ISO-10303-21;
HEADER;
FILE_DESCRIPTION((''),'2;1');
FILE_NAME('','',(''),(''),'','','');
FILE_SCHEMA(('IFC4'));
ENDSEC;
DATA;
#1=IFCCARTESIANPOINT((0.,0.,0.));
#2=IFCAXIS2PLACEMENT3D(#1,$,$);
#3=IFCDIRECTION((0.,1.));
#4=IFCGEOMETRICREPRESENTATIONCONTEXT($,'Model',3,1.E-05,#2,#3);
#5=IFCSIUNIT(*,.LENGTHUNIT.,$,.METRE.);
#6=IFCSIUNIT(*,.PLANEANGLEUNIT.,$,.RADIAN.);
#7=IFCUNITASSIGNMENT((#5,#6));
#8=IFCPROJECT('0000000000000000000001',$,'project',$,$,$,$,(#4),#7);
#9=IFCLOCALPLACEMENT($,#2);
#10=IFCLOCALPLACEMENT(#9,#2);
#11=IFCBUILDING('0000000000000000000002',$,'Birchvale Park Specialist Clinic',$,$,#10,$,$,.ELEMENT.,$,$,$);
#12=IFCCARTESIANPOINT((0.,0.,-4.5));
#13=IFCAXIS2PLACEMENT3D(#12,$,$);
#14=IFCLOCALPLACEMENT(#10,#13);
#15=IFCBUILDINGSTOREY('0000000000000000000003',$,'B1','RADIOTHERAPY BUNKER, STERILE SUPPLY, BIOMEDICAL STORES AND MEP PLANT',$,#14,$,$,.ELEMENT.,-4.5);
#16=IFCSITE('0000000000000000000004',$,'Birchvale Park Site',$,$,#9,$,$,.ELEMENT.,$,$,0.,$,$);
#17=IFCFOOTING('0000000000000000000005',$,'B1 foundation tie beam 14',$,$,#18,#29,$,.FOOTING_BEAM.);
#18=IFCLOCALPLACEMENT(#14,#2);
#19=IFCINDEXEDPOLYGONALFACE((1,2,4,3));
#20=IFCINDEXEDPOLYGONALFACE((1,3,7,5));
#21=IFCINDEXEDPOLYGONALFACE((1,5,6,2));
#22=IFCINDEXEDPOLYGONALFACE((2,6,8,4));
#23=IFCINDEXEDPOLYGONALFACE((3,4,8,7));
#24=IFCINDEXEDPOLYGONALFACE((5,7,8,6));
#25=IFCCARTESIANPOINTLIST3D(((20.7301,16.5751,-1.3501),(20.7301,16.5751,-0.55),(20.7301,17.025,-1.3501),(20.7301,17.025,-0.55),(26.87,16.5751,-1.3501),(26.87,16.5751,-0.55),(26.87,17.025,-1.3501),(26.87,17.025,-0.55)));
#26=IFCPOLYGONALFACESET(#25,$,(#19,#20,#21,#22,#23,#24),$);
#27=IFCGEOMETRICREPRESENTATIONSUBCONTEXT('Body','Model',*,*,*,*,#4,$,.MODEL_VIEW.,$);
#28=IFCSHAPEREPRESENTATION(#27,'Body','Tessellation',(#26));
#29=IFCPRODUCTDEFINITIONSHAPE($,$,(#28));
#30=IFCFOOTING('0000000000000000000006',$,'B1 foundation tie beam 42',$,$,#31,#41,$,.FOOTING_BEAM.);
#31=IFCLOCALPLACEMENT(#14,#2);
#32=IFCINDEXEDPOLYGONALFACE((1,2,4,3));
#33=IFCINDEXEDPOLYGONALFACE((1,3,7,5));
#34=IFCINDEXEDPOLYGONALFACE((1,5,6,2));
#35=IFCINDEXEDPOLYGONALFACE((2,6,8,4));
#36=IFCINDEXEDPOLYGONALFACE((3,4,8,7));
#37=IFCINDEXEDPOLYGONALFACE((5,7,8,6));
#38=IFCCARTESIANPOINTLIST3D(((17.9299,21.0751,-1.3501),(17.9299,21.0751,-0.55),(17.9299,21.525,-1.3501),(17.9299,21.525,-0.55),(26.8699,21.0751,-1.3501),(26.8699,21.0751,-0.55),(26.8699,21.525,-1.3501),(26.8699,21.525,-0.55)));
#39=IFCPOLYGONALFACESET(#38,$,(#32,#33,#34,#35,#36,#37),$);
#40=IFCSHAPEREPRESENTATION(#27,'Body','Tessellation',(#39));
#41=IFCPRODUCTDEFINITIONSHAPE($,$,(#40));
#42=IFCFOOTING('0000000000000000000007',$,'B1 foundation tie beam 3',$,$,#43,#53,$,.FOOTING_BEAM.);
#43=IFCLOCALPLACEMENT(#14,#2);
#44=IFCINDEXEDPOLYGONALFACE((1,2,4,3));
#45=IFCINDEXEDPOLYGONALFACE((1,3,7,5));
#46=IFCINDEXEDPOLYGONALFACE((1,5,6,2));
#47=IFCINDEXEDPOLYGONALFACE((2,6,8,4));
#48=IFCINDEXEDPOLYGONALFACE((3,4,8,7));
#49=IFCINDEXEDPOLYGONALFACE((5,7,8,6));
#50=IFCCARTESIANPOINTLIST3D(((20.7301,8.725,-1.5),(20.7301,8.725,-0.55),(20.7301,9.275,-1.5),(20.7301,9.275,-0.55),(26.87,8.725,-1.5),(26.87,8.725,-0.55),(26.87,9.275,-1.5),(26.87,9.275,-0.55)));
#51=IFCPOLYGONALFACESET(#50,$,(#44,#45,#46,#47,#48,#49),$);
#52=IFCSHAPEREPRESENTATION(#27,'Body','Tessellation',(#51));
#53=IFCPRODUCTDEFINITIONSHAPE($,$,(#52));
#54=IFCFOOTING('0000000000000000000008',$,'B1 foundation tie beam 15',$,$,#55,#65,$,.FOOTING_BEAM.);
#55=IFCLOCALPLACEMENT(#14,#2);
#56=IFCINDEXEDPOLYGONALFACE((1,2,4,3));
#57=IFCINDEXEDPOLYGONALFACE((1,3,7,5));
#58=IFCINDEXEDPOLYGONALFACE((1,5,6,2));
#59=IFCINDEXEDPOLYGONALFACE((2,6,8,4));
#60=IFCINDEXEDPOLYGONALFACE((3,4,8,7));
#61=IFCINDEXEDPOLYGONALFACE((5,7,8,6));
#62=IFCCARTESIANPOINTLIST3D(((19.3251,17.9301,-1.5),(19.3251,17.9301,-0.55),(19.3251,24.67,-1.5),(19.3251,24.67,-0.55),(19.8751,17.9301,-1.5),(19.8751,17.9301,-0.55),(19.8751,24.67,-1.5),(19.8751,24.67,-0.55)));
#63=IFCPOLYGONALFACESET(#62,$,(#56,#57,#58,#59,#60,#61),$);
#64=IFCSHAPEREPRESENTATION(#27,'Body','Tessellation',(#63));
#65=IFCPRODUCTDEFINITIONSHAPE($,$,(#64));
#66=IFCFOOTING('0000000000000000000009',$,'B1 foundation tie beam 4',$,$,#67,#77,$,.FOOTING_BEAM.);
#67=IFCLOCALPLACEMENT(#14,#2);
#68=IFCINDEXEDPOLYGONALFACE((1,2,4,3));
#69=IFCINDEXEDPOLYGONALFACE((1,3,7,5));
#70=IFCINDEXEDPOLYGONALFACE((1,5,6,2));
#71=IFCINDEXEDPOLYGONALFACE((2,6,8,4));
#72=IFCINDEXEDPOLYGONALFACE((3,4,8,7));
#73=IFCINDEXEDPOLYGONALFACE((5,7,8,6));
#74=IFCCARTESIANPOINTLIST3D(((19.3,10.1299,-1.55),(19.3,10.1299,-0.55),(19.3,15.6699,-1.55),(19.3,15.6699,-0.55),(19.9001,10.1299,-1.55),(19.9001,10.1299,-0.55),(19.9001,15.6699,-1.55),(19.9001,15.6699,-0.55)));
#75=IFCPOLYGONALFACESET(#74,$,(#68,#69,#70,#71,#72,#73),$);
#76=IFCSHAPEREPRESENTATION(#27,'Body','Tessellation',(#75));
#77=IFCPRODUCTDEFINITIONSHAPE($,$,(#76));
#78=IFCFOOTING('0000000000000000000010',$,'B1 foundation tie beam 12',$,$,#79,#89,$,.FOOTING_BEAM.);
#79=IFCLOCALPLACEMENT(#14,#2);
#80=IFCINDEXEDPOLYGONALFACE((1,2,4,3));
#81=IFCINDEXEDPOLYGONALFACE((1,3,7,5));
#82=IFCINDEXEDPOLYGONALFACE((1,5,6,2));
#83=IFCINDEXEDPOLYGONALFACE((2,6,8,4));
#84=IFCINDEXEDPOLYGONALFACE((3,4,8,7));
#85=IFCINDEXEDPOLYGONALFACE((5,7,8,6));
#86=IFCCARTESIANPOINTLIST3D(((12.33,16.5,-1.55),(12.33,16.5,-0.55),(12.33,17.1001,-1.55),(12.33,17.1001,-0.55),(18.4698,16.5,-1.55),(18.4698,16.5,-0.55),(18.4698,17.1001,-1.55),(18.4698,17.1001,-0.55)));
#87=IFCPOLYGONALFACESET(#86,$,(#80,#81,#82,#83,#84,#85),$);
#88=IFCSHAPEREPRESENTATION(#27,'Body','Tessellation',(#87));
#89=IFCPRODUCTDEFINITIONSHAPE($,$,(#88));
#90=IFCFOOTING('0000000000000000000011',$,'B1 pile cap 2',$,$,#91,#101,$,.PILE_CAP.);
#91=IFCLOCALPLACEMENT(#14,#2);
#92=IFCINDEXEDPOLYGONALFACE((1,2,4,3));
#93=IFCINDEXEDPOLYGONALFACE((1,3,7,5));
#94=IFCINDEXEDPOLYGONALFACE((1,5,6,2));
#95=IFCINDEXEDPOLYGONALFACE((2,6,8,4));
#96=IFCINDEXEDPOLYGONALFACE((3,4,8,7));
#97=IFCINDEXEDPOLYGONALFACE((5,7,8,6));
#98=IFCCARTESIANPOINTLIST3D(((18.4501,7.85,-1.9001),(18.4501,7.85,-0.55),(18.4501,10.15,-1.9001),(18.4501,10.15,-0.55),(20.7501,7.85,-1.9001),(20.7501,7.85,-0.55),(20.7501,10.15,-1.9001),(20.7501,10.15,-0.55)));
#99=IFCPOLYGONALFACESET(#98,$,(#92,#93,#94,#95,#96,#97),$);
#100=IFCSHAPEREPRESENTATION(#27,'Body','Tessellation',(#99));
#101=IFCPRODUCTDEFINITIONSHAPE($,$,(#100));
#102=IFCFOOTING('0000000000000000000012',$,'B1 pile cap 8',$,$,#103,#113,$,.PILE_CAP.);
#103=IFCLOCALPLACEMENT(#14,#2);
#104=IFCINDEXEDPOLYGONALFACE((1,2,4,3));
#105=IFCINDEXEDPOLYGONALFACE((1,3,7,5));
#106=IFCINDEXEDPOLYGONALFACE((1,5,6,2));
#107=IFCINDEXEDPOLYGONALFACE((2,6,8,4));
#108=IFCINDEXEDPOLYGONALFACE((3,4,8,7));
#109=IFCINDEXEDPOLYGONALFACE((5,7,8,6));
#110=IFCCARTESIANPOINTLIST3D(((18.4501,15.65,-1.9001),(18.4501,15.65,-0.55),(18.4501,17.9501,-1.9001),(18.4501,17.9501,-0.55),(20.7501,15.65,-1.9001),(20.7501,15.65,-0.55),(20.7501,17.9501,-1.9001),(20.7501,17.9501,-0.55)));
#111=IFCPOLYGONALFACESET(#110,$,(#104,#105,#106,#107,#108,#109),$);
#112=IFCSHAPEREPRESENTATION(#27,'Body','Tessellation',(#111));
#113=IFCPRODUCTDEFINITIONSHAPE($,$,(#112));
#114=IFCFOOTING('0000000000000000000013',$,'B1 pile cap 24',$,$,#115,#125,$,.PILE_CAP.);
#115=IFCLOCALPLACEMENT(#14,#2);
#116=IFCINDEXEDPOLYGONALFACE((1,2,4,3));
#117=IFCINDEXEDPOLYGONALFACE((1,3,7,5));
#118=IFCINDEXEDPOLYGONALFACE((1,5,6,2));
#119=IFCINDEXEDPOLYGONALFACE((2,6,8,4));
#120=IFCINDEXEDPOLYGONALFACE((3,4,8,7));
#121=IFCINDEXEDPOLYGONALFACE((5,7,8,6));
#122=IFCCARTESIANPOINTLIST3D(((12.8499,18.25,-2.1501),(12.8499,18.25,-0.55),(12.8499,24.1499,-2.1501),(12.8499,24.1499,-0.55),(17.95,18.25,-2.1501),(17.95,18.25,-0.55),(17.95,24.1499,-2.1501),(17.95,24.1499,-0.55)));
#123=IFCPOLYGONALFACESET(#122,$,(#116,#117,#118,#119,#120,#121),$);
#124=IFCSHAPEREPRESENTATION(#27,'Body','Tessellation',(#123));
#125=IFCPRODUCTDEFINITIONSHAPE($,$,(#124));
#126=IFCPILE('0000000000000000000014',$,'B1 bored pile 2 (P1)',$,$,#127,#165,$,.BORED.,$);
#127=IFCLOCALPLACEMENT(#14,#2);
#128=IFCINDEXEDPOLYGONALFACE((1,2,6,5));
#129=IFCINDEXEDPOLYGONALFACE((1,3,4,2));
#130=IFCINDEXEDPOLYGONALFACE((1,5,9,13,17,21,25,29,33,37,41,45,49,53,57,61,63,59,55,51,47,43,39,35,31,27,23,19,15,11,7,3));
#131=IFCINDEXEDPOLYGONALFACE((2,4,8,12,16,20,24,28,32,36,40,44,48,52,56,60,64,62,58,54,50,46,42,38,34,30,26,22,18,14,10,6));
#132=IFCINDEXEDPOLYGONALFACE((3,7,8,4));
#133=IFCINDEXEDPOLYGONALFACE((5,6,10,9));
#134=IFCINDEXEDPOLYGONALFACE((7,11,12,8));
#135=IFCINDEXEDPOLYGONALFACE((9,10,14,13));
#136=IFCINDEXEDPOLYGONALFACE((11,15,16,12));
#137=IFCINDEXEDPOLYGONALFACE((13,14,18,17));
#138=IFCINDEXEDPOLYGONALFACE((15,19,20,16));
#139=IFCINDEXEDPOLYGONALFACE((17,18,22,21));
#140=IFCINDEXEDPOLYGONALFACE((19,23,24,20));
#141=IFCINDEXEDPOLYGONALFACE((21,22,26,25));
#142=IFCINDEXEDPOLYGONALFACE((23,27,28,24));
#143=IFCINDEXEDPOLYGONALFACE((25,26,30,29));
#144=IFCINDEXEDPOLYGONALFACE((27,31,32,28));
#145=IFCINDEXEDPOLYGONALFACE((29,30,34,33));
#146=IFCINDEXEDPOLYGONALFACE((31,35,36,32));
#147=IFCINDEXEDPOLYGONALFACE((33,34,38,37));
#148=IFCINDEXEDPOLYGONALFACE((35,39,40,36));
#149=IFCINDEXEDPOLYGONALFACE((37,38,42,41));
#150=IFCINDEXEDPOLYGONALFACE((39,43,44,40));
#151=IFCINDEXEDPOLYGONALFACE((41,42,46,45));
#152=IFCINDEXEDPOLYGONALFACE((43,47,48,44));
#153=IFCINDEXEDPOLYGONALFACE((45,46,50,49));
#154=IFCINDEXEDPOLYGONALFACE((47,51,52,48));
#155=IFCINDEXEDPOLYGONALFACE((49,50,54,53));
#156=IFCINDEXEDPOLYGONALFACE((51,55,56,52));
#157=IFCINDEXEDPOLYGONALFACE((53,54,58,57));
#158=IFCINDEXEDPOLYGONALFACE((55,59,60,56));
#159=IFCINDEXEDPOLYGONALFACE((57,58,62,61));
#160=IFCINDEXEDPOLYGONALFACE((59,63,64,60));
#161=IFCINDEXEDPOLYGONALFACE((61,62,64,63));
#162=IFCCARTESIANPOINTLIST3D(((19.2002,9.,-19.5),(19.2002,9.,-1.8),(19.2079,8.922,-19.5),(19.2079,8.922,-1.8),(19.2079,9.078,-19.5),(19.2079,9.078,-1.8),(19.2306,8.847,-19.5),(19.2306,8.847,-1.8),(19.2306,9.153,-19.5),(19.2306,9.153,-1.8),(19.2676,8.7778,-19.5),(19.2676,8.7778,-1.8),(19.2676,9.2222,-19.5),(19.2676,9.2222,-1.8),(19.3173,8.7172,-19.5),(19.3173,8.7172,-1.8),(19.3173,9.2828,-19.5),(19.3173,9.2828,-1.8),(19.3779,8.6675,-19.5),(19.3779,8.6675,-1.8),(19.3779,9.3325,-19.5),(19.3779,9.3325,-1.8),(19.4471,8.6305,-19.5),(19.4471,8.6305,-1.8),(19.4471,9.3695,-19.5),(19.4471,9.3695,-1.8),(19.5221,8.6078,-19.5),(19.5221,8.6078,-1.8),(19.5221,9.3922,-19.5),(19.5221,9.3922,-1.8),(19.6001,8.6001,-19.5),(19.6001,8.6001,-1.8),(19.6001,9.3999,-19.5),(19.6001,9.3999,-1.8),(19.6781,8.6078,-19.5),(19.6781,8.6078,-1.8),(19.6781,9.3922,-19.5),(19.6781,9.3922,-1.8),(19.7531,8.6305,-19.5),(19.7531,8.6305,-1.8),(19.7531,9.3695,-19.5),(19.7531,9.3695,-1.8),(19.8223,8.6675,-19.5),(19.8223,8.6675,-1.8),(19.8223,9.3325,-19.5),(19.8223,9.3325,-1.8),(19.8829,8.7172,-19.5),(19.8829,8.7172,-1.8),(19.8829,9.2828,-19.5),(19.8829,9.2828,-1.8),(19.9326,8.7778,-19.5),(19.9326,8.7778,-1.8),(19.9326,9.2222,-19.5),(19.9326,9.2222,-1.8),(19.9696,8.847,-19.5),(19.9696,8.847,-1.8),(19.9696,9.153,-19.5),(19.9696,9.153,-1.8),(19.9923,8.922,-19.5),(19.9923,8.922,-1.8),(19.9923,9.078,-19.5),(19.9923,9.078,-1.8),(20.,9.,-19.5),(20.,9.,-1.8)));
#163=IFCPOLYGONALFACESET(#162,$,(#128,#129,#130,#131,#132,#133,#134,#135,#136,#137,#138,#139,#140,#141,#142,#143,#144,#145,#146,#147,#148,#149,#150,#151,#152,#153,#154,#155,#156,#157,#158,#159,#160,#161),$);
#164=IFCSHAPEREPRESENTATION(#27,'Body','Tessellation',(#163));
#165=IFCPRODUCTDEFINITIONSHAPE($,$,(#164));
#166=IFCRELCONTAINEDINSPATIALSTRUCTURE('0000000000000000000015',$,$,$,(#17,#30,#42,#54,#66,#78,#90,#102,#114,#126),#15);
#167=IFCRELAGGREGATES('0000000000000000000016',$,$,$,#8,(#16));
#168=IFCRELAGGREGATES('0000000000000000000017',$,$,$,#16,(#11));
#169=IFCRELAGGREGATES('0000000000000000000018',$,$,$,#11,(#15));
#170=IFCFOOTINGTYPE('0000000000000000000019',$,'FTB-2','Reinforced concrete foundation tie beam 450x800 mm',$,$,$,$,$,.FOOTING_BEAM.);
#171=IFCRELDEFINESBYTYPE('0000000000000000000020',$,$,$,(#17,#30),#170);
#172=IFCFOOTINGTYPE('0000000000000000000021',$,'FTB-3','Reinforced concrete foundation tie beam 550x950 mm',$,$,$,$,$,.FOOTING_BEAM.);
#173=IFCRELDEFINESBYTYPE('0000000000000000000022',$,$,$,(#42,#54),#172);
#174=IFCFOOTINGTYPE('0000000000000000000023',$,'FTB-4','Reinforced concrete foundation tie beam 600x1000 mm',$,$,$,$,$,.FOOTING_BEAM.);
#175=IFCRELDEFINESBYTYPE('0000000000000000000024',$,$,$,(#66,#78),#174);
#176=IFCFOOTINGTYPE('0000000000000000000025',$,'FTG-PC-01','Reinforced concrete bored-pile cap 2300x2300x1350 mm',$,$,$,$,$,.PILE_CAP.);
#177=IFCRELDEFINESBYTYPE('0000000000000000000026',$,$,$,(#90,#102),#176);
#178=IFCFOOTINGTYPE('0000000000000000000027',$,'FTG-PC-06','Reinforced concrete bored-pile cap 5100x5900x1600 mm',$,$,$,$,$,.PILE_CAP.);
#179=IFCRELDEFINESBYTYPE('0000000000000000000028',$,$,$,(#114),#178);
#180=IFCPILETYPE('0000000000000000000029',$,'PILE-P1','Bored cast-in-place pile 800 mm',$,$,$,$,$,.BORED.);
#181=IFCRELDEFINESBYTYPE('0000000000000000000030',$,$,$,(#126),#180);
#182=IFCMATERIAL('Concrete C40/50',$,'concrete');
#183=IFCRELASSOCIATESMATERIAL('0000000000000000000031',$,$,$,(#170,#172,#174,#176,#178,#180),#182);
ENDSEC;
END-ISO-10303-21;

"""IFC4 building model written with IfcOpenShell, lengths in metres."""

from ifc_helpers import new_model, si_unit, direction, frame, origin, origin_2d, place, context, subcontext, project, spatial, rectangle, circle, extrude, material, material_profile, profile_set, type_object, element, save


model = new_model("IFC4")

# Units and contexts
model_context = context("Model", 3, precision=1e-05, world=origin(), true_north=direction((0.0, 1.0)))
body_context = subcontext(model_context, "Body", "Model", "MODEL_VIEW")
ifc_project = project(units=[si_unit("LENGTHUNIT", "METRE"), si_unit("PLANEANGLEUNIT", "RADIAN")], contexts=[model_context])

# Site, building, storey
site_placement = place(None, origin())
site = spatial("IfcSite", under=ifc_project, at=site_placement, Name="Birchvale Park Site", CompositionType="ELEMENT", RefElevation=0.0)
building_placement = place(site_placement, origin())
building = spatial("IfcBuilding", under=site, at=building_placement, Name="Birchvale Park Specialist Clinic", CompositionType="ELEMENT")
storey_placement = place(building_placement, frame((0.0, 0.0, -4.5)))
storey = spatial("IfcBuildingStorey", under=building, at=storey_placement, Name="B1", Description="RADIOTHERAPY BUNKER, STERILE SUPPLY, BIOMEDICAL STORES AND MEP PLANT", CompositionType="ELEMENT", Elevation=-4.5)

# Footings
ifc_material_1 = material(Name="Concrete C40/50", Category="concrete")
footing_type_1 = type_object("IfcFootingType", Name="FTB-2", Description="Reinforced concrete foundation tie beam 450x800 mm", PredefinedType="FOOTING_BEAM", material=ifc_material_1)
footing_1_placement = place(storey_placement, frame((23.8, 16.8, -1.3501), z_axis=(0.0, 0.0, 1.0), x_axis=(1.0, 0.0, 0.0)))
element("IfcFooting", 1, at=footing_1_placement, inside=storey, type_object=footing_type_1, Name="B1 foundation tie beam 14", PredefinedType="FOOTING_BEAM", context=body_context, shape_type="SweptSolid", body=[
    extrude(rectangle(XDim=6.1399, YDim=0.45, at=origin_2d()), origin(), (0.0, 0.0, 1.0), 0.8),
])
footing_2_placement = place(storey_placement, frame((22.3999, 21.3, -1.3501), z_axis=(0.0, 0.0, 1.0), x_axis=(1.0, 0.0, 0.0)))
element("IfcFooting", 2, at=footing_2_placement, inside=storey, type_object=footing_type_1, Name="B1 foundation tie beam 42", PredefinedType="FOOTING_BEAM", context=body_context, shape_type="SweptSolid", body=[
    extrude(rectangle(XDim=8.9399, YDim=0.45, at=origin_2d()), origin(), (0.0, 0.0, 1.0), 0.8),
])
footing_type_2 = type_object("IfcFootingType", Name="FTB-3", Description="Reinforced concrete foundation tie beam 550x950 mm", PredefinedType="FOOTING_BEAM", material=ifc_material_1)
footing_3_placement = place(storey_placement, frame((23.8, 9.0, -1.5), z_axis=(0.0, 0.0, 1.0), x_axis=(1.0, 0.0, 0.0)))
element("IfcFooting", 3, at=footing_3_placement, inside=storey, type_object=footing_type_2, Name="B1 foundation tie beam 3", PredefinedType="FOOTING_BEAM", context=body_context, shape_type="SweptSolid", body=[
    extrude(rectangle(XDim=6.1399, YDim=0.55, at=origin_2d()), origin(), (0.0, 0.0, 1.0), 0.95),
])
footing_4_placement = place(storey_placement, frame((19.6001, 21.3, -1.5), z_axis=(0.0, 0.0, 1.0), x_axis=(1.0, 0.0, 0.0)))
element("IfcFooting", 4, at=footing_4_placement, inside=storey, type_object=footing_type_2, Name="B1 foundation tie beam 15", PredefinedType="FOOTING_BEAM", context=body_context, shape_type="SweptSolid", body=[
    extrude(rectangle(XDim=0.55, YDim=6.74, at=origin_2d()), origin(), (0.0, 0.0, 1.0), 0.95),
])
footing_type_3 = type_object("IfcFootingType", Name="FTB-4", Description="Reinforced concrete foundation tie beam 600x1000 mm", PredefinedType="FOOTING_BEAM", material=ifc_material_1)
footing_5_placement = place(storey_placement, frame((19.6001, 12.8999, -1.55), z_axis=(0.0, 0.0, 1.0), x_axis=(1.0, 0.0, 0.0)))
element("IfcFooting", 5, at=footing_5_placement, inside=storey, type_object=footing_type_3, Name="B1 foundation tie beam 4", PredefinedType="FOOTING_BEAM", context=body_context, shape_type="SweptSolid", body=[
    extrude(rectangle(XDim=0.6001, YDim=5.54, at=origin_2d()), origin(), (0.0, 0.0, 1.0), 1.0),
])
footing_6_placement = place(storey_placement, frame((15.3999, 16.8, -1.55), z_axis=(0.0, 0.0, 1.0), x_axis=(1.0, 0.0, 0.0)))
element("IfcFooting", 6, at=footing_6_placement, inside=storey, type_object=footing_type_3, Name="B1 foundation tie beam 12", PredefinedType="FOOTING_BEAM", context=body_context, shape_type="SweptSolid", body=[
    extrude(rectangle(XDim=6.1399, YDim=0.6001, at=origin_2d()), origin(), (0.0, 0.0, 1.0), 1.0),
])
footing_type_4 = type_object("IfcFootingType", Name="FTG-PC-01", Description="Reinforced concrete bored-pile cap 2300x2300x1350 mm", PredefinedType="PILE_CAP", material=ifc_material_1)
for number, where, z_axis, x_axis, name in (
    (7, (19.6001, 9.0, -1.9001), (0.0, 0.0, 1.0), (1.0, 0.0, 0.0), "B1 pile cap 2"),
    (8, (19.6001, 16.8, -1.9001), (0.0, 0.0, 1.0), (1.0, 0.0, 0.0), "B1 pile cap 8"),
):
    element("IfcFooting", number, at=place(storey_placement, frame(where, z_axis=z_axis, x_axis=x_axis)), inside=storey, type_object=footing_type_4, Name=name, PredefinedType="PILE_CAP", context=body_context, shape_type="SweptSolid", body=[
        extrude(rectangle(XDim=2.3, YDim=2.3, at=origin_2d()), origin(), (0.0, 0.0, 1.0), 1.3501),
    ])
footing_type_5 = type_object("IfcFootingType", Name="FTG-PC-06", Description="Reinforced concrete bored-pile cap 5100x5900x1600 mm", PredefinedType="PILE_CAP", material=ifc_material_1)
footing_7_placement = place(storey_placement, frame((15.3999, 21.2, -2.1501), z_axis=(0.0, 0.0, 1.0), x_axis=(1.0, 0.0, 0.0)))
element("IfcFooting", 9, at=footing_7_placement, inside=storey, type_object=footing_type_5, Name="B1 pile cap 24", PredefinedType="PILE_CAP", context=body_context, shape_type="SweptSolid", body=[
    extrude(rectangle(XDim=5.1001, YDim=5.8999, at=origin_2d()), origin(), (0.0, 0.0, 1.0), 1.6001),
])

# Pile
ifc_material_profile_1 = material_profile(ifc_material_1, circle(Radius=0.3999, at=origin_2d()), Name="PILE-800")
ifc_profile_set_1 = profile_set([ifc_material_profile_1], Name="Concrete C40/50")
pile_type = type_object("IfcPileType", Name="PILE-P1", Description="Bored cast-in-place pile 800 mm", PredefinedType="BORED", material=ifc_profile_set_1)
for number, where, z_axis, x_axis, name in (
    (10, (19.6001, 9.0, -1.8), (0.0, 0.0, -1.0), (1.0, 0.0, 0.0), "B1 bored pile 2 (P1)"),
):
    element("IfcPile", number, at=place(storey_placement, frame(where, z_axis=z_axis, x_axis=x_axis)), inside=storey, type_object=pile_type, Name=name, PredefinedType="BORED", context=body_context, shape_type="SweptSolid", body=[
        extrude(circle(Radius=0.3999, at=origin_2d()), origin(), (0.0, 0.0, 1.0), 17.7),
    ])

save(model, "model.ifc")
